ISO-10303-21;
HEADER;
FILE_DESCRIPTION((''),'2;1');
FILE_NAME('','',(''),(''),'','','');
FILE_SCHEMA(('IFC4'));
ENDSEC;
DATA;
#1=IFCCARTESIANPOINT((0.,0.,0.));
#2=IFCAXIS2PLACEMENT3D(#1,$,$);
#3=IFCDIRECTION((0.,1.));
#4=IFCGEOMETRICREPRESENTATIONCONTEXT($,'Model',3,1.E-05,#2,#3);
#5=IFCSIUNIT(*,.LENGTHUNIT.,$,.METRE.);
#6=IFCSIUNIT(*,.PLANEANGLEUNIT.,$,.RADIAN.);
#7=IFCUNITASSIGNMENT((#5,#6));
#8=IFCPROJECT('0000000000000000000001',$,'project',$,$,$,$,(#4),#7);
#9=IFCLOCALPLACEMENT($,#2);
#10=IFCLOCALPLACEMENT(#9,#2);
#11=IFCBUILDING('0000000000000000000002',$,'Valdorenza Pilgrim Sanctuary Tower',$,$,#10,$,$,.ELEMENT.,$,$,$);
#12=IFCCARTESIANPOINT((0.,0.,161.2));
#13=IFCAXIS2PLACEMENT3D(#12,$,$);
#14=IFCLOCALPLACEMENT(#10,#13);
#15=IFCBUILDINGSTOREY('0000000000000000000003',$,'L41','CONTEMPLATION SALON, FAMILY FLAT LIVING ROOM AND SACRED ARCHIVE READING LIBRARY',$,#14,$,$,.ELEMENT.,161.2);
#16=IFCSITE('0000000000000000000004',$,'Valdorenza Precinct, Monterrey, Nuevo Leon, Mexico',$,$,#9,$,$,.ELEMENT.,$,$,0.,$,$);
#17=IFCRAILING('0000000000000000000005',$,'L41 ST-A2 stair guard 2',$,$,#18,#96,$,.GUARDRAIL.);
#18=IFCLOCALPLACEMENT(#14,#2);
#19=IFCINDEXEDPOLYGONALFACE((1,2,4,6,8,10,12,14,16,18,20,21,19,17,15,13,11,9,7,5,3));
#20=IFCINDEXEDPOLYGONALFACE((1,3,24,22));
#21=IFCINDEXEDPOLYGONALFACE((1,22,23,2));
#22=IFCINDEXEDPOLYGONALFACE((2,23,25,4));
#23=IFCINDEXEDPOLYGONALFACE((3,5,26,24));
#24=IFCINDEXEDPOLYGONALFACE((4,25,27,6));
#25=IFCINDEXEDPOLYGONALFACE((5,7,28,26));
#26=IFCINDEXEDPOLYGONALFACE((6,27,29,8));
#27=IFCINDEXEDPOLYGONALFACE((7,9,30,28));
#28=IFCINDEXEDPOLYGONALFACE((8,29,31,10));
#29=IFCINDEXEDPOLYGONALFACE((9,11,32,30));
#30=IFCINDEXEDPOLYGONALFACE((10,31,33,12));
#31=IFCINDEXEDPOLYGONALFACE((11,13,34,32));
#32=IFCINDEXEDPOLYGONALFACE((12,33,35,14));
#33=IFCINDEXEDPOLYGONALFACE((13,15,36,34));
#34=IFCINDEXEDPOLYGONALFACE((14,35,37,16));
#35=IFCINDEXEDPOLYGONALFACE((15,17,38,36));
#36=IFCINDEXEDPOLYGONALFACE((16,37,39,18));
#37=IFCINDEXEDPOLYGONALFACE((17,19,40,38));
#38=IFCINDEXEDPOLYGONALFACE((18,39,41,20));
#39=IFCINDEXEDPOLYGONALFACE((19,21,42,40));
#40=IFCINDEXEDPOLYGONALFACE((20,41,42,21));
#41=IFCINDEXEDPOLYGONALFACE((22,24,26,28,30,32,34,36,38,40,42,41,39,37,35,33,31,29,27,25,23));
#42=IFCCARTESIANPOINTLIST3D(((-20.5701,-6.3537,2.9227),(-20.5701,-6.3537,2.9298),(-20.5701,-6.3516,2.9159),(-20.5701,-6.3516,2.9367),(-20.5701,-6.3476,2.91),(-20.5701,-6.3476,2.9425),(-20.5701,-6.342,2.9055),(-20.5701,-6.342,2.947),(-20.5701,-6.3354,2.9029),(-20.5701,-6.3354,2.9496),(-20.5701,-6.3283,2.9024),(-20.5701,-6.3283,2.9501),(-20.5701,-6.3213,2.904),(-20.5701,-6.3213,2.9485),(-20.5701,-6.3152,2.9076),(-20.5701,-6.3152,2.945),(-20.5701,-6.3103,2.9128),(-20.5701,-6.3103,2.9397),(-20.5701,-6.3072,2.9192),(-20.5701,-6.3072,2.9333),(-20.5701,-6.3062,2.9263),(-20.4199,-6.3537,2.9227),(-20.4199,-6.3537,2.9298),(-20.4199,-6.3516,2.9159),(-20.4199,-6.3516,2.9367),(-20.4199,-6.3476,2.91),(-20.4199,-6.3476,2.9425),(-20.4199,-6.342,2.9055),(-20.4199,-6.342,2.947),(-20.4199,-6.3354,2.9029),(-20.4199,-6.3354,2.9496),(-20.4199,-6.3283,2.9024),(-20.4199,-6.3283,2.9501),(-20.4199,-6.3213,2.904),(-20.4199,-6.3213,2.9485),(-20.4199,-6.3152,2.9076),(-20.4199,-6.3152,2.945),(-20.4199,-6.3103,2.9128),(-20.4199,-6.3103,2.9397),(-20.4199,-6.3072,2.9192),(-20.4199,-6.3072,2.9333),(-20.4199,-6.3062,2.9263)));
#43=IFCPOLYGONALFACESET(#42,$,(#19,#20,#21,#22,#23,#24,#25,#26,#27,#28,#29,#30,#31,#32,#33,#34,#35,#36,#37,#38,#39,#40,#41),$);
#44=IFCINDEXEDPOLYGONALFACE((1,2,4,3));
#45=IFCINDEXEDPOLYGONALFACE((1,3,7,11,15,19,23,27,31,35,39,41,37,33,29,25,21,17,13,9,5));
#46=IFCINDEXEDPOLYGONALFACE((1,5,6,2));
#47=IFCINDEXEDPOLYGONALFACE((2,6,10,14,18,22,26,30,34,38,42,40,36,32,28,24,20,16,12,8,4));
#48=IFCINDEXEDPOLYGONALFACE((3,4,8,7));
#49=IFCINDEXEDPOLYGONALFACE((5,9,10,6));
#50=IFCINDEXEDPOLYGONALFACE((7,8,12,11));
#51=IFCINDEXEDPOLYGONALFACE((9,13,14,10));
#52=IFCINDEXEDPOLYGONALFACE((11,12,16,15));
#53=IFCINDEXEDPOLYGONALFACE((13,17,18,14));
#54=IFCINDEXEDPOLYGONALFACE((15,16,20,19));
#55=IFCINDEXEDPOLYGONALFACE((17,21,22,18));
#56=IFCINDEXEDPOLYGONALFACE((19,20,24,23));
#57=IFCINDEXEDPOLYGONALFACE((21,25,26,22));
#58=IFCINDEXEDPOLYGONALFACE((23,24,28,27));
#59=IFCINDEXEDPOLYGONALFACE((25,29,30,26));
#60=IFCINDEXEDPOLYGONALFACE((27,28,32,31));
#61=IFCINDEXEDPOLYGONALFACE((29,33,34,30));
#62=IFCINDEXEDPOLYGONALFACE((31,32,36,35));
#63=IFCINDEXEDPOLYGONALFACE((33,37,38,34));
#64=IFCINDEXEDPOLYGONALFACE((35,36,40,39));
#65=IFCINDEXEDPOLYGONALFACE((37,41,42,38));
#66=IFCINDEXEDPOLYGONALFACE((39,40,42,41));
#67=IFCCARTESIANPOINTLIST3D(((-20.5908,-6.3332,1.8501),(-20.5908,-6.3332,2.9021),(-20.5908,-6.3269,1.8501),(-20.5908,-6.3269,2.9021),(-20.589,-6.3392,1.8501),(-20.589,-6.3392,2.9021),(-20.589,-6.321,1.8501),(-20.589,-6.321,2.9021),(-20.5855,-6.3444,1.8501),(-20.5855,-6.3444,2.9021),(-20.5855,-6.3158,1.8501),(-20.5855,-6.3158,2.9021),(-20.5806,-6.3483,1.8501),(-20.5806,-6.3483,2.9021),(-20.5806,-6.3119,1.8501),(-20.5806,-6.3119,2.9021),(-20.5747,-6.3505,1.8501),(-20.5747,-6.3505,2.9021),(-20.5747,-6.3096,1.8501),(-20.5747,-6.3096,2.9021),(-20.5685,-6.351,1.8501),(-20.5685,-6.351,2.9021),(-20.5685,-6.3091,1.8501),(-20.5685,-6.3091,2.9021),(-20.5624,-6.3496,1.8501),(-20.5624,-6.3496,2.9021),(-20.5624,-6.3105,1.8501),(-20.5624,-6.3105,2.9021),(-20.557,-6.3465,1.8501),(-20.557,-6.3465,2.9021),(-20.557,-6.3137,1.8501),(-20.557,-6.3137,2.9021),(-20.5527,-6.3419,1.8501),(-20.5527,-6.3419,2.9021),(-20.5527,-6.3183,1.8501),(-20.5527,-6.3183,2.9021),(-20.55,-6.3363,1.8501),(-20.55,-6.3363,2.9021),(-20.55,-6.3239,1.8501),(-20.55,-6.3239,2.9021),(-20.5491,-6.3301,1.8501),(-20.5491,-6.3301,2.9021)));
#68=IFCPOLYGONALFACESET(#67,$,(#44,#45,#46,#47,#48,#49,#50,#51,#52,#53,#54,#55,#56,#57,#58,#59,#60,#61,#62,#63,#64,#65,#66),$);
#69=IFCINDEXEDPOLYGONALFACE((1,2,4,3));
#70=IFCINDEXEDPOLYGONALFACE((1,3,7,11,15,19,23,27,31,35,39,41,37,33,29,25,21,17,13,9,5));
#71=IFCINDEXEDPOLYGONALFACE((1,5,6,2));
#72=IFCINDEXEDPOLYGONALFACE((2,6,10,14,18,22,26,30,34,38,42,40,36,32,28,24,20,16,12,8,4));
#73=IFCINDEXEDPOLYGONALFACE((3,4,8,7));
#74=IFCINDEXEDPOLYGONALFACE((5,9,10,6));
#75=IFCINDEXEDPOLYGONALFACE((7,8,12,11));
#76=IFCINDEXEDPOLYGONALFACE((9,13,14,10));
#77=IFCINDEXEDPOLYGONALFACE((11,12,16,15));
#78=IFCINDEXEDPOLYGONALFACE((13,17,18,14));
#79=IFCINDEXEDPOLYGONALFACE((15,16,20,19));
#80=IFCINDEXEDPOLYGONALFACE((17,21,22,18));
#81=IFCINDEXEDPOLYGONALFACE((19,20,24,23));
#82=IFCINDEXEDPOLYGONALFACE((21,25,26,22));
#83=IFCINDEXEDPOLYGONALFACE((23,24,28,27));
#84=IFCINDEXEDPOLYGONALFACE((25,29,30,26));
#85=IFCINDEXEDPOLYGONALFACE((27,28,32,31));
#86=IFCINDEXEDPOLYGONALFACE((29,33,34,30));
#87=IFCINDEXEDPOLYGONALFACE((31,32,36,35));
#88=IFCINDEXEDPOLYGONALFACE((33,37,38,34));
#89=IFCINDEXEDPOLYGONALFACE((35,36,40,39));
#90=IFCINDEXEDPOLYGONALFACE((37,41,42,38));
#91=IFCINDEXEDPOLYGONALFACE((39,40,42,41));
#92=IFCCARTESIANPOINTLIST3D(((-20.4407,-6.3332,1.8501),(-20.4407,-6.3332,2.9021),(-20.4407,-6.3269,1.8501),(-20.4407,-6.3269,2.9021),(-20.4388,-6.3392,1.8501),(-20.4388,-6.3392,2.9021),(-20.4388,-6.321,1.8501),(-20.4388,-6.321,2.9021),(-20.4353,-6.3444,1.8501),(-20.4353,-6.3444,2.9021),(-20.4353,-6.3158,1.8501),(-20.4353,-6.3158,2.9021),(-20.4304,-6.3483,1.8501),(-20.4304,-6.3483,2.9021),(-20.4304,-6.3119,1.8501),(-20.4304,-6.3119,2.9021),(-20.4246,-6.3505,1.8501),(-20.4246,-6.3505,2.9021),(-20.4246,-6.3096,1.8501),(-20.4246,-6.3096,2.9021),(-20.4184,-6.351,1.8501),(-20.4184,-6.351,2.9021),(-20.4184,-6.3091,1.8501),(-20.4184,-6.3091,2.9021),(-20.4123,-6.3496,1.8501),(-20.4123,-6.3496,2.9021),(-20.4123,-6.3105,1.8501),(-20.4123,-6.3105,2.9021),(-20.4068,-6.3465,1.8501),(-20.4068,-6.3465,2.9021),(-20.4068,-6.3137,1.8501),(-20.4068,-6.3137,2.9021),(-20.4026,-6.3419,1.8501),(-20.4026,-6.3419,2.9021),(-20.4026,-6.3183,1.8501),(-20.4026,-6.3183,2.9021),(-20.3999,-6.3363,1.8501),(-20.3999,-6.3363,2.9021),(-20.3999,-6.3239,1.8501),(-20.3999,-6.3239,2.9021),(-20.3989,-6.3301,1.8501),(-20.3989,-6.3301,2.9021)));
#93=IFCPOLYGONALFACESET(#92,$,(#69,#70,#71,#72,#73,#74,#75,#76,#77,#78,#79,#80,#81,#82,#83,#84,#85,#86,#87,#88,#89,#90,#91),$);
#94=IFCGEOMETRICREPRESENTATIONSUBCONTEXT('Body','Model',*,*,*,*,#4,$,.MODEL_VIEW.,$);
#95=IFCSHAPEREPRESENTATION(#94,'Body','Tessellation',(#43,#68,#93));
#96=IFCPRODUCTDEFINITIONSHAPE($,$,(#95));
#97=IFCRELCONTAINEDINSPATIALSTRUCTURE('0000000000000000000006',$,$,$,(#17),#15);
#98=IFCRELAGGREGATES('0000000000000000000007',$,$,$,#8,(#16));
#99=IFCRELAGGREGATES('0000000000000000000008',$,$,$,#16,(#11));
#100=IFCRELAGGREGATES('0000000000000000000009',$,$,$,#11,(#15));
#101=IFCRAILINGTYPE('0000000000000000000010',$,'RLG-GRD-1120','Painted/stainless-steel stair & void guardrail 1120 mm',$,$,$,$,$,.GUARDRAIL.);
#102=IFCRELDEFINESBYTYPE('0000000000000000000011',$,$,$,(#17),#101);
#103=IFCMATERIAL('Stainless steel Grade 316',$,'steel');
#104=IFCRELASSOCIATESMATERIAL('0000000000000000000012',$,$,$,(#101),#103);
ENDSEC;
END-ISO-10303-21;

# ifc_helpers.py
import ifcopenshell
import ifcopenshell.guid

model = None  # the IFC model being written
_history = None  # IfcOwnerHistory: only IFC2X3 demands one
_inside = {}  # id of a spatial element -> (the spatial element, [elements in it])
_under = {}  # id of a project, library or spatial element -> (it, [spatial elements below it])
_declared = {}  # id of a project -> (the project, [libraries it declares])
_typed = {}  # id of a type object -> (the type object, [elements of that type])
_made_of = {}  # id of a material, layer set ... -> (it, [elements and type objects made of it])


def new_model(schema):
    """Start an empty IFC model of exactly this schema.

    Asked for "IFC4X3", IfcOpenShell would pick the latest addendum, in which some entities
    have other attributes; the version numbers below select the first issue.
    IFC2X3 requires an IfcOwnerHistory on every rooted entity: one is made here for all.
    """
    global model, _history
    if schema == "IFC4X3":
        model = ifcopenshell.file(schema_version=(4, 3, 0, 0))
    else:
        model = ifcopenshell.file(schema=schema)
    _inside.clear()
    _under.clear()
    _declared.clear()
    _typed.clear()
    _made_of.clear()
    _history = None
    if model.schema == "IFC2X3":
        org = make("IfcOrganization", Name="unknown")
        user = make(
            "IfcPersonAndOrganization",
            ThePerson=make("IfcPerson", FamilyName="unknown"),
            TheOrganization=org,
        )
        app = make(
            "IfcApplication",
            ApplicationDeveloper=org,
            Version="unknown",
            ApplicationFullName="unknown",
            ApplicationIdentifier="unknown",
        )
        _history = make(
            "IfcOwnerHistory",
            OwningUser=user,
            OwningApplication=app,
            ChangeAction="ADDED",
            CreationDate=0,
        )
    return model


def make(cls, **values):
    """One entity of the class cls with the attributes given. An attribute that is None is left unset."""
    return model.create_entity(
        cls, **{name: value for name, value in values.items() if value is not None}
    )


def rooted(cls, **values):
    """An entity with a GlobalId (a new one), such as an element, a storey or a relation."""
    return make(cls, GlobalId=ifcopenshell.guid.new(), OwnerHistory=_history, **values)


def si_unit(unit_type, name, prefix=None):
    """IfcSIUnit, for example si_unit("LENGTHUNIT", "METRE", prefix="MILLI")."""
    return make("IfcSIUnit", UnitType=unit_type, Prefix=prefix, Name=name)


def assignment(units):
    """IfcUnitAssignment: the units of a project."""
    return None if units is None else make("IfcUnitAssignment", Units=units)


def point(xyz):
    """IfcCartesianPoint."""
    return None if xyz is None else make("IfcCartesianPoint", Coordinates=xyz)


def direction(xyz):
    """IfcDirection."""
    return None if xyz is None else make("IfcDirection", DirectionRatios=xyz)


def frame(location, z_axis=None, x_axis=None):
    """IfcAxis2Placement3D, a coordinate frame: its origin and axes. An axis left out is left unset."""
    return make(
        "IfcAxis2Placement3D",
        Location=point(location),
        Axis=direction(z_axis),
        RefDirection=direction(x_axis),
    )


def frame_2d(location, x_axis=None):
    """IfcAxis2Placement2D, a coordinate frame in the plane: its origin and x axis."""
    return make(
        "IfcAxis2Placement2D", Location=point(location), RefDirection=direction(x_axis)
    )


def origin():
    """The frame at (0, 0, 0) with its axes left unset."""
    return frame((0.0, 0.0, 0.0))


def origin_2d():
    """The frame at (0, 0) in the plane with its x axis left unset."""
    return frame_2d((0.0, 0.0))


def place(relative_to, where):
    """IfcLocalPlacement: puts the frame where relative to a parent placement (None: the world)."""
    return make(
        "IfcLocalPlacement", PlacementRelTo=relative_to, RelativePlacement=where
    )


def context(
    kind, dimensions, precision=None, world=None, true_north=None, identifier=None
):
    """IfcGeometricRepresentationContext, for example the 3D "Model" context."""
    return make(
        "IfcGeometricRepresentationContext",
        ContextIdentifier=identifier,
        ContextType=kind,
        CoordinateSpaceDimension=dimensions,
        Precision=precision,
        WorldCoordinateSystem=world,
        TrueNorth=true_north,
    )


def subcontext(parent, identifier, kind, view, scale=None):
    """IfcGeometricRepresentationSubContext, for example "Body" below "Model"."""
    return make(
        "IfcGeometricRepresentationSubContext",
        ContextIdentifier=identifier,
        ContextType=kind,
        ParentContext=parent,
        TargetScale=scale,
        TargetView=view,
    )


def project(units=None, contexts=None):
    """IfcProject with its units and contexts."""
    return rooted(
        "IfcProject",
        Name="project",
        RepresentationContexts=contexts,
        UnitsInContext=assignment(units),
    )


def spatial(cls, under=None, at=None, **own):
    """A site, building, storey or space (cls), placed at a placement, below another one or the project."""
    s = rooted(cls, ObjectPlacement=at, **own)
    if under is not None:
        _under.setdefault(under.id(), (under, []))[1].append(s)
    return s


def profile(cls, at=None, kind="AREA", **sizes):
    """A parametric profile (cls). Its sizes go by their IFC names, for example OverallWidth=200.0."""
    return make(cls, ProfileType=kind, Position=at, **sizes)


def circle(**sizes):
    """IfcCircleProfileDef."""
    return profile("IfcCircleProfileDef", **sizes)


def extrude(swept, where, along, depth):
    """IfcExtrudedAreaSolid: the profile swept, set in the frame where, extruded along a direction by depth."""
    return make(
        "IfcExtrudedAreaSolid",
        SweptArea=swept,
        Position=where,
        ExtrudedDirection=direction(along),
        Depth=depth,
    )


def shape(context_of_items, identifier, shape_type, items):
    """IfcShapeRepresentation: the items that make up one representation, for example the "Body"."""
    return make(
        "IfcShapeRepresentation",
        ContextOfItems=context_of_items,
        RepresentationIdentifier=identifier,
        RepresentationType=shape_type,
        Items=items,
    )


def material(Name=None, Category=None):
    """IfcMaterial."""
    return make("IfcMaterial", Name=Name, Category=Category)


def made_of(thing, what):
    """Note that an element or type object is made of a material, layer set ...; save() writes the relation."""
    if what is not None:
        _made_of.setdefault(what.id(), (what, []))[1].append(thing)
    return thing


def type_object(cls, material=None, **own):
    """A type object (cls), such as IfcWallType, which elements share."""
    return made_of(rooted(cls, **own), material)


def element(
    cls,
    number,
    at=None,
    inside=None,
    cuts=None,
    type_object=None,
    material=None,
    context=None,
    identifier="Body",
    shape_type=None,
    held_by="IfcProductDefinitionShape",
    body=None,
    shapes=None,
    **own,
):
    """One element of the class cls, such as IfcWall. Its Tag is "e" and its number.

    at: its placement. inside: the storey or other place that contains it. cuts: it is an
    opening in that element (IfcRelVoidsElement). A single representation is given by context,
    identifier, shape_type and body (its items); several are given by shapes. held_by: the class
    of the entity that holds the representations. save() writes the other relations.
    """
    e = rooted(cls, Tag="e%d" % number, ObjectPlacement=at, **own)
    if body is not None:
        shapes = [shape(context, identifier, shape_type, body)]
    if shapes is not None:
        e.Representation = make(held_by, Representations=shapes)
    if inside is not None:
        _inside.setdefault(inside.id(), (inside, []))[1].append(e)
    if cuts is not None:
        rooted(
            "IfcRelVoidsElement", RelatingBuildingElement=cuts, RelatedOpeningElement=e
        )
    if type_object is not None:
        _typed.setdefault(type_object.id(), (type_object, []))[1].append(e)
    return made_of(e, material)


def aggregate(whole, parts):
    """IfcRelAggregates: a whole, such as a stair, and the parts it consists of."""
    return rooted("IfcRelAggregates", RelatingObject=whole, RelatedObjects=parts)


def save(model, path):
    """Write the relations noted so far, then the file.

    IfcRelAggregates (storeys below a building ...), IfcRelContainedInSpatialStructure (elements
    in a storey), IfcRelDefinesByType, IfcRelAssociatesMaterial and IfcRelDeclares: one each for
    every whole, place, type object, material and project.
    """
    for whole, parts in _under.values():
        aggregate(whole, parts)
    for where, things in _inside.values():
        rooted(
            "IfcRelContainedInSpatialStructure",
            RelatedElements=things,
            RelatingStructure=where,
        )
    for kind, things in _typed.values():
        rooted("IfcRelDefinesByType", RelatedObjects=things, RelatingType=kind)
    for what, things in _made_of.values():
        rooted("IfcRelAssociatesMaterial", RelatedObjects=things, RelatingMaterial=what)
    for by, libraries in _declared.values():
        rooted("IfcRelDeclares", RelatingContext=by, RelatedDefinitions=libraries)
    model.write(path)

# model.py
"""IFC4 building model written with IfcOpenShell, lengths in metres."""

from ifc_helpers import new_model, si_unit, direction, frame, origin, origin_2d, place, context, subcontext, project, spatial, circle, extrude, material, type_object, element, save


model = new_model("IFC4")

# Units and contexts
model_context = context("Model", 3, precision=1e-05, world=origin(), true_north=direction((0.0, 1.0)))
body_context = subcontext(model_context, "Body", "Model", "MODEL_VIEW")
ifc_project = project(units=[si_unit("LENGTHUNIT", "METRE"), si_unit("PLANEANGLEUNIT", "RADIAN")], contexts=[model_context])

# Site, building, storey
site_placement = place(None, origin())
site = spatial("IfcSite", under=ifc_project, at=site_placement, Name="Valdorenza Precinct, Monterrey, Nuevo Leon, Mexico", CompositionType="ELEMENT", RefElevation=0.0)
building_placement = place(site_placement, origin())
building = spatial("IfcBuilding", under=site, at=building_placement, Name="Valdorenza Pilgrim Sanctuary Tower", CompositionType="ELEMENT")
storey_placement = place(building_placement, frame((0.0, 0.0, 161.2)))
storey = spatial("IfcBuildingStorey", under=building, at=storey_placement, Name="L41", Description="CONTEMPLATION SALON, FAMILY FLAT LIVING ROOM AND SACRED ARCHIVE READING LIBRARY", CompositionType="ELEMENT", Elevation=161.2)

# Railing
ifc_material_1 = material(Name="Stainless steel Grade 316", Category="steel")
railing_type_1 = type_object("IfcRailingType", Name="RLG-GRD-1120", Description="Painted/stainless-steel stair & void guardrail 1120 mm", PredefinedType="GUARDRAIL", material=ifc_material_1)
railing_1_placement = place(storey_placement, frame((-20.5701, -6.3301, 1.8501)))
element("IfcRailing", 1, at=railing_1_placement, inside=storey, type_object=railing_type_1, Name="L41 ST-A2 stair guard 2", PredefinedType="GUARDRAIL", context=body_context, shape_type="SweptSolid", body=[
    extrude(circle(Radius=0.0239, at=origin_2d()), frame((0.0, 0.0, 1.0762), z_axis=(1.0, 0.0, 0.0), x_axis=(0.0, 1.0, 0.0)), (0.0, 0.0, 1.0), 0.1501),
    extrude(circle(Radius=0.021, at=origin_2d()), origin(), (0.0, 0.0, 1.0), 1.052),
    extrude(circle(Radius=0.021, at=origin_2d()), frame((0.1501, 0.0, 0.0)), (0.0, 0.0, 1.0), 1.052),
])

save(model, "model.ifc")
